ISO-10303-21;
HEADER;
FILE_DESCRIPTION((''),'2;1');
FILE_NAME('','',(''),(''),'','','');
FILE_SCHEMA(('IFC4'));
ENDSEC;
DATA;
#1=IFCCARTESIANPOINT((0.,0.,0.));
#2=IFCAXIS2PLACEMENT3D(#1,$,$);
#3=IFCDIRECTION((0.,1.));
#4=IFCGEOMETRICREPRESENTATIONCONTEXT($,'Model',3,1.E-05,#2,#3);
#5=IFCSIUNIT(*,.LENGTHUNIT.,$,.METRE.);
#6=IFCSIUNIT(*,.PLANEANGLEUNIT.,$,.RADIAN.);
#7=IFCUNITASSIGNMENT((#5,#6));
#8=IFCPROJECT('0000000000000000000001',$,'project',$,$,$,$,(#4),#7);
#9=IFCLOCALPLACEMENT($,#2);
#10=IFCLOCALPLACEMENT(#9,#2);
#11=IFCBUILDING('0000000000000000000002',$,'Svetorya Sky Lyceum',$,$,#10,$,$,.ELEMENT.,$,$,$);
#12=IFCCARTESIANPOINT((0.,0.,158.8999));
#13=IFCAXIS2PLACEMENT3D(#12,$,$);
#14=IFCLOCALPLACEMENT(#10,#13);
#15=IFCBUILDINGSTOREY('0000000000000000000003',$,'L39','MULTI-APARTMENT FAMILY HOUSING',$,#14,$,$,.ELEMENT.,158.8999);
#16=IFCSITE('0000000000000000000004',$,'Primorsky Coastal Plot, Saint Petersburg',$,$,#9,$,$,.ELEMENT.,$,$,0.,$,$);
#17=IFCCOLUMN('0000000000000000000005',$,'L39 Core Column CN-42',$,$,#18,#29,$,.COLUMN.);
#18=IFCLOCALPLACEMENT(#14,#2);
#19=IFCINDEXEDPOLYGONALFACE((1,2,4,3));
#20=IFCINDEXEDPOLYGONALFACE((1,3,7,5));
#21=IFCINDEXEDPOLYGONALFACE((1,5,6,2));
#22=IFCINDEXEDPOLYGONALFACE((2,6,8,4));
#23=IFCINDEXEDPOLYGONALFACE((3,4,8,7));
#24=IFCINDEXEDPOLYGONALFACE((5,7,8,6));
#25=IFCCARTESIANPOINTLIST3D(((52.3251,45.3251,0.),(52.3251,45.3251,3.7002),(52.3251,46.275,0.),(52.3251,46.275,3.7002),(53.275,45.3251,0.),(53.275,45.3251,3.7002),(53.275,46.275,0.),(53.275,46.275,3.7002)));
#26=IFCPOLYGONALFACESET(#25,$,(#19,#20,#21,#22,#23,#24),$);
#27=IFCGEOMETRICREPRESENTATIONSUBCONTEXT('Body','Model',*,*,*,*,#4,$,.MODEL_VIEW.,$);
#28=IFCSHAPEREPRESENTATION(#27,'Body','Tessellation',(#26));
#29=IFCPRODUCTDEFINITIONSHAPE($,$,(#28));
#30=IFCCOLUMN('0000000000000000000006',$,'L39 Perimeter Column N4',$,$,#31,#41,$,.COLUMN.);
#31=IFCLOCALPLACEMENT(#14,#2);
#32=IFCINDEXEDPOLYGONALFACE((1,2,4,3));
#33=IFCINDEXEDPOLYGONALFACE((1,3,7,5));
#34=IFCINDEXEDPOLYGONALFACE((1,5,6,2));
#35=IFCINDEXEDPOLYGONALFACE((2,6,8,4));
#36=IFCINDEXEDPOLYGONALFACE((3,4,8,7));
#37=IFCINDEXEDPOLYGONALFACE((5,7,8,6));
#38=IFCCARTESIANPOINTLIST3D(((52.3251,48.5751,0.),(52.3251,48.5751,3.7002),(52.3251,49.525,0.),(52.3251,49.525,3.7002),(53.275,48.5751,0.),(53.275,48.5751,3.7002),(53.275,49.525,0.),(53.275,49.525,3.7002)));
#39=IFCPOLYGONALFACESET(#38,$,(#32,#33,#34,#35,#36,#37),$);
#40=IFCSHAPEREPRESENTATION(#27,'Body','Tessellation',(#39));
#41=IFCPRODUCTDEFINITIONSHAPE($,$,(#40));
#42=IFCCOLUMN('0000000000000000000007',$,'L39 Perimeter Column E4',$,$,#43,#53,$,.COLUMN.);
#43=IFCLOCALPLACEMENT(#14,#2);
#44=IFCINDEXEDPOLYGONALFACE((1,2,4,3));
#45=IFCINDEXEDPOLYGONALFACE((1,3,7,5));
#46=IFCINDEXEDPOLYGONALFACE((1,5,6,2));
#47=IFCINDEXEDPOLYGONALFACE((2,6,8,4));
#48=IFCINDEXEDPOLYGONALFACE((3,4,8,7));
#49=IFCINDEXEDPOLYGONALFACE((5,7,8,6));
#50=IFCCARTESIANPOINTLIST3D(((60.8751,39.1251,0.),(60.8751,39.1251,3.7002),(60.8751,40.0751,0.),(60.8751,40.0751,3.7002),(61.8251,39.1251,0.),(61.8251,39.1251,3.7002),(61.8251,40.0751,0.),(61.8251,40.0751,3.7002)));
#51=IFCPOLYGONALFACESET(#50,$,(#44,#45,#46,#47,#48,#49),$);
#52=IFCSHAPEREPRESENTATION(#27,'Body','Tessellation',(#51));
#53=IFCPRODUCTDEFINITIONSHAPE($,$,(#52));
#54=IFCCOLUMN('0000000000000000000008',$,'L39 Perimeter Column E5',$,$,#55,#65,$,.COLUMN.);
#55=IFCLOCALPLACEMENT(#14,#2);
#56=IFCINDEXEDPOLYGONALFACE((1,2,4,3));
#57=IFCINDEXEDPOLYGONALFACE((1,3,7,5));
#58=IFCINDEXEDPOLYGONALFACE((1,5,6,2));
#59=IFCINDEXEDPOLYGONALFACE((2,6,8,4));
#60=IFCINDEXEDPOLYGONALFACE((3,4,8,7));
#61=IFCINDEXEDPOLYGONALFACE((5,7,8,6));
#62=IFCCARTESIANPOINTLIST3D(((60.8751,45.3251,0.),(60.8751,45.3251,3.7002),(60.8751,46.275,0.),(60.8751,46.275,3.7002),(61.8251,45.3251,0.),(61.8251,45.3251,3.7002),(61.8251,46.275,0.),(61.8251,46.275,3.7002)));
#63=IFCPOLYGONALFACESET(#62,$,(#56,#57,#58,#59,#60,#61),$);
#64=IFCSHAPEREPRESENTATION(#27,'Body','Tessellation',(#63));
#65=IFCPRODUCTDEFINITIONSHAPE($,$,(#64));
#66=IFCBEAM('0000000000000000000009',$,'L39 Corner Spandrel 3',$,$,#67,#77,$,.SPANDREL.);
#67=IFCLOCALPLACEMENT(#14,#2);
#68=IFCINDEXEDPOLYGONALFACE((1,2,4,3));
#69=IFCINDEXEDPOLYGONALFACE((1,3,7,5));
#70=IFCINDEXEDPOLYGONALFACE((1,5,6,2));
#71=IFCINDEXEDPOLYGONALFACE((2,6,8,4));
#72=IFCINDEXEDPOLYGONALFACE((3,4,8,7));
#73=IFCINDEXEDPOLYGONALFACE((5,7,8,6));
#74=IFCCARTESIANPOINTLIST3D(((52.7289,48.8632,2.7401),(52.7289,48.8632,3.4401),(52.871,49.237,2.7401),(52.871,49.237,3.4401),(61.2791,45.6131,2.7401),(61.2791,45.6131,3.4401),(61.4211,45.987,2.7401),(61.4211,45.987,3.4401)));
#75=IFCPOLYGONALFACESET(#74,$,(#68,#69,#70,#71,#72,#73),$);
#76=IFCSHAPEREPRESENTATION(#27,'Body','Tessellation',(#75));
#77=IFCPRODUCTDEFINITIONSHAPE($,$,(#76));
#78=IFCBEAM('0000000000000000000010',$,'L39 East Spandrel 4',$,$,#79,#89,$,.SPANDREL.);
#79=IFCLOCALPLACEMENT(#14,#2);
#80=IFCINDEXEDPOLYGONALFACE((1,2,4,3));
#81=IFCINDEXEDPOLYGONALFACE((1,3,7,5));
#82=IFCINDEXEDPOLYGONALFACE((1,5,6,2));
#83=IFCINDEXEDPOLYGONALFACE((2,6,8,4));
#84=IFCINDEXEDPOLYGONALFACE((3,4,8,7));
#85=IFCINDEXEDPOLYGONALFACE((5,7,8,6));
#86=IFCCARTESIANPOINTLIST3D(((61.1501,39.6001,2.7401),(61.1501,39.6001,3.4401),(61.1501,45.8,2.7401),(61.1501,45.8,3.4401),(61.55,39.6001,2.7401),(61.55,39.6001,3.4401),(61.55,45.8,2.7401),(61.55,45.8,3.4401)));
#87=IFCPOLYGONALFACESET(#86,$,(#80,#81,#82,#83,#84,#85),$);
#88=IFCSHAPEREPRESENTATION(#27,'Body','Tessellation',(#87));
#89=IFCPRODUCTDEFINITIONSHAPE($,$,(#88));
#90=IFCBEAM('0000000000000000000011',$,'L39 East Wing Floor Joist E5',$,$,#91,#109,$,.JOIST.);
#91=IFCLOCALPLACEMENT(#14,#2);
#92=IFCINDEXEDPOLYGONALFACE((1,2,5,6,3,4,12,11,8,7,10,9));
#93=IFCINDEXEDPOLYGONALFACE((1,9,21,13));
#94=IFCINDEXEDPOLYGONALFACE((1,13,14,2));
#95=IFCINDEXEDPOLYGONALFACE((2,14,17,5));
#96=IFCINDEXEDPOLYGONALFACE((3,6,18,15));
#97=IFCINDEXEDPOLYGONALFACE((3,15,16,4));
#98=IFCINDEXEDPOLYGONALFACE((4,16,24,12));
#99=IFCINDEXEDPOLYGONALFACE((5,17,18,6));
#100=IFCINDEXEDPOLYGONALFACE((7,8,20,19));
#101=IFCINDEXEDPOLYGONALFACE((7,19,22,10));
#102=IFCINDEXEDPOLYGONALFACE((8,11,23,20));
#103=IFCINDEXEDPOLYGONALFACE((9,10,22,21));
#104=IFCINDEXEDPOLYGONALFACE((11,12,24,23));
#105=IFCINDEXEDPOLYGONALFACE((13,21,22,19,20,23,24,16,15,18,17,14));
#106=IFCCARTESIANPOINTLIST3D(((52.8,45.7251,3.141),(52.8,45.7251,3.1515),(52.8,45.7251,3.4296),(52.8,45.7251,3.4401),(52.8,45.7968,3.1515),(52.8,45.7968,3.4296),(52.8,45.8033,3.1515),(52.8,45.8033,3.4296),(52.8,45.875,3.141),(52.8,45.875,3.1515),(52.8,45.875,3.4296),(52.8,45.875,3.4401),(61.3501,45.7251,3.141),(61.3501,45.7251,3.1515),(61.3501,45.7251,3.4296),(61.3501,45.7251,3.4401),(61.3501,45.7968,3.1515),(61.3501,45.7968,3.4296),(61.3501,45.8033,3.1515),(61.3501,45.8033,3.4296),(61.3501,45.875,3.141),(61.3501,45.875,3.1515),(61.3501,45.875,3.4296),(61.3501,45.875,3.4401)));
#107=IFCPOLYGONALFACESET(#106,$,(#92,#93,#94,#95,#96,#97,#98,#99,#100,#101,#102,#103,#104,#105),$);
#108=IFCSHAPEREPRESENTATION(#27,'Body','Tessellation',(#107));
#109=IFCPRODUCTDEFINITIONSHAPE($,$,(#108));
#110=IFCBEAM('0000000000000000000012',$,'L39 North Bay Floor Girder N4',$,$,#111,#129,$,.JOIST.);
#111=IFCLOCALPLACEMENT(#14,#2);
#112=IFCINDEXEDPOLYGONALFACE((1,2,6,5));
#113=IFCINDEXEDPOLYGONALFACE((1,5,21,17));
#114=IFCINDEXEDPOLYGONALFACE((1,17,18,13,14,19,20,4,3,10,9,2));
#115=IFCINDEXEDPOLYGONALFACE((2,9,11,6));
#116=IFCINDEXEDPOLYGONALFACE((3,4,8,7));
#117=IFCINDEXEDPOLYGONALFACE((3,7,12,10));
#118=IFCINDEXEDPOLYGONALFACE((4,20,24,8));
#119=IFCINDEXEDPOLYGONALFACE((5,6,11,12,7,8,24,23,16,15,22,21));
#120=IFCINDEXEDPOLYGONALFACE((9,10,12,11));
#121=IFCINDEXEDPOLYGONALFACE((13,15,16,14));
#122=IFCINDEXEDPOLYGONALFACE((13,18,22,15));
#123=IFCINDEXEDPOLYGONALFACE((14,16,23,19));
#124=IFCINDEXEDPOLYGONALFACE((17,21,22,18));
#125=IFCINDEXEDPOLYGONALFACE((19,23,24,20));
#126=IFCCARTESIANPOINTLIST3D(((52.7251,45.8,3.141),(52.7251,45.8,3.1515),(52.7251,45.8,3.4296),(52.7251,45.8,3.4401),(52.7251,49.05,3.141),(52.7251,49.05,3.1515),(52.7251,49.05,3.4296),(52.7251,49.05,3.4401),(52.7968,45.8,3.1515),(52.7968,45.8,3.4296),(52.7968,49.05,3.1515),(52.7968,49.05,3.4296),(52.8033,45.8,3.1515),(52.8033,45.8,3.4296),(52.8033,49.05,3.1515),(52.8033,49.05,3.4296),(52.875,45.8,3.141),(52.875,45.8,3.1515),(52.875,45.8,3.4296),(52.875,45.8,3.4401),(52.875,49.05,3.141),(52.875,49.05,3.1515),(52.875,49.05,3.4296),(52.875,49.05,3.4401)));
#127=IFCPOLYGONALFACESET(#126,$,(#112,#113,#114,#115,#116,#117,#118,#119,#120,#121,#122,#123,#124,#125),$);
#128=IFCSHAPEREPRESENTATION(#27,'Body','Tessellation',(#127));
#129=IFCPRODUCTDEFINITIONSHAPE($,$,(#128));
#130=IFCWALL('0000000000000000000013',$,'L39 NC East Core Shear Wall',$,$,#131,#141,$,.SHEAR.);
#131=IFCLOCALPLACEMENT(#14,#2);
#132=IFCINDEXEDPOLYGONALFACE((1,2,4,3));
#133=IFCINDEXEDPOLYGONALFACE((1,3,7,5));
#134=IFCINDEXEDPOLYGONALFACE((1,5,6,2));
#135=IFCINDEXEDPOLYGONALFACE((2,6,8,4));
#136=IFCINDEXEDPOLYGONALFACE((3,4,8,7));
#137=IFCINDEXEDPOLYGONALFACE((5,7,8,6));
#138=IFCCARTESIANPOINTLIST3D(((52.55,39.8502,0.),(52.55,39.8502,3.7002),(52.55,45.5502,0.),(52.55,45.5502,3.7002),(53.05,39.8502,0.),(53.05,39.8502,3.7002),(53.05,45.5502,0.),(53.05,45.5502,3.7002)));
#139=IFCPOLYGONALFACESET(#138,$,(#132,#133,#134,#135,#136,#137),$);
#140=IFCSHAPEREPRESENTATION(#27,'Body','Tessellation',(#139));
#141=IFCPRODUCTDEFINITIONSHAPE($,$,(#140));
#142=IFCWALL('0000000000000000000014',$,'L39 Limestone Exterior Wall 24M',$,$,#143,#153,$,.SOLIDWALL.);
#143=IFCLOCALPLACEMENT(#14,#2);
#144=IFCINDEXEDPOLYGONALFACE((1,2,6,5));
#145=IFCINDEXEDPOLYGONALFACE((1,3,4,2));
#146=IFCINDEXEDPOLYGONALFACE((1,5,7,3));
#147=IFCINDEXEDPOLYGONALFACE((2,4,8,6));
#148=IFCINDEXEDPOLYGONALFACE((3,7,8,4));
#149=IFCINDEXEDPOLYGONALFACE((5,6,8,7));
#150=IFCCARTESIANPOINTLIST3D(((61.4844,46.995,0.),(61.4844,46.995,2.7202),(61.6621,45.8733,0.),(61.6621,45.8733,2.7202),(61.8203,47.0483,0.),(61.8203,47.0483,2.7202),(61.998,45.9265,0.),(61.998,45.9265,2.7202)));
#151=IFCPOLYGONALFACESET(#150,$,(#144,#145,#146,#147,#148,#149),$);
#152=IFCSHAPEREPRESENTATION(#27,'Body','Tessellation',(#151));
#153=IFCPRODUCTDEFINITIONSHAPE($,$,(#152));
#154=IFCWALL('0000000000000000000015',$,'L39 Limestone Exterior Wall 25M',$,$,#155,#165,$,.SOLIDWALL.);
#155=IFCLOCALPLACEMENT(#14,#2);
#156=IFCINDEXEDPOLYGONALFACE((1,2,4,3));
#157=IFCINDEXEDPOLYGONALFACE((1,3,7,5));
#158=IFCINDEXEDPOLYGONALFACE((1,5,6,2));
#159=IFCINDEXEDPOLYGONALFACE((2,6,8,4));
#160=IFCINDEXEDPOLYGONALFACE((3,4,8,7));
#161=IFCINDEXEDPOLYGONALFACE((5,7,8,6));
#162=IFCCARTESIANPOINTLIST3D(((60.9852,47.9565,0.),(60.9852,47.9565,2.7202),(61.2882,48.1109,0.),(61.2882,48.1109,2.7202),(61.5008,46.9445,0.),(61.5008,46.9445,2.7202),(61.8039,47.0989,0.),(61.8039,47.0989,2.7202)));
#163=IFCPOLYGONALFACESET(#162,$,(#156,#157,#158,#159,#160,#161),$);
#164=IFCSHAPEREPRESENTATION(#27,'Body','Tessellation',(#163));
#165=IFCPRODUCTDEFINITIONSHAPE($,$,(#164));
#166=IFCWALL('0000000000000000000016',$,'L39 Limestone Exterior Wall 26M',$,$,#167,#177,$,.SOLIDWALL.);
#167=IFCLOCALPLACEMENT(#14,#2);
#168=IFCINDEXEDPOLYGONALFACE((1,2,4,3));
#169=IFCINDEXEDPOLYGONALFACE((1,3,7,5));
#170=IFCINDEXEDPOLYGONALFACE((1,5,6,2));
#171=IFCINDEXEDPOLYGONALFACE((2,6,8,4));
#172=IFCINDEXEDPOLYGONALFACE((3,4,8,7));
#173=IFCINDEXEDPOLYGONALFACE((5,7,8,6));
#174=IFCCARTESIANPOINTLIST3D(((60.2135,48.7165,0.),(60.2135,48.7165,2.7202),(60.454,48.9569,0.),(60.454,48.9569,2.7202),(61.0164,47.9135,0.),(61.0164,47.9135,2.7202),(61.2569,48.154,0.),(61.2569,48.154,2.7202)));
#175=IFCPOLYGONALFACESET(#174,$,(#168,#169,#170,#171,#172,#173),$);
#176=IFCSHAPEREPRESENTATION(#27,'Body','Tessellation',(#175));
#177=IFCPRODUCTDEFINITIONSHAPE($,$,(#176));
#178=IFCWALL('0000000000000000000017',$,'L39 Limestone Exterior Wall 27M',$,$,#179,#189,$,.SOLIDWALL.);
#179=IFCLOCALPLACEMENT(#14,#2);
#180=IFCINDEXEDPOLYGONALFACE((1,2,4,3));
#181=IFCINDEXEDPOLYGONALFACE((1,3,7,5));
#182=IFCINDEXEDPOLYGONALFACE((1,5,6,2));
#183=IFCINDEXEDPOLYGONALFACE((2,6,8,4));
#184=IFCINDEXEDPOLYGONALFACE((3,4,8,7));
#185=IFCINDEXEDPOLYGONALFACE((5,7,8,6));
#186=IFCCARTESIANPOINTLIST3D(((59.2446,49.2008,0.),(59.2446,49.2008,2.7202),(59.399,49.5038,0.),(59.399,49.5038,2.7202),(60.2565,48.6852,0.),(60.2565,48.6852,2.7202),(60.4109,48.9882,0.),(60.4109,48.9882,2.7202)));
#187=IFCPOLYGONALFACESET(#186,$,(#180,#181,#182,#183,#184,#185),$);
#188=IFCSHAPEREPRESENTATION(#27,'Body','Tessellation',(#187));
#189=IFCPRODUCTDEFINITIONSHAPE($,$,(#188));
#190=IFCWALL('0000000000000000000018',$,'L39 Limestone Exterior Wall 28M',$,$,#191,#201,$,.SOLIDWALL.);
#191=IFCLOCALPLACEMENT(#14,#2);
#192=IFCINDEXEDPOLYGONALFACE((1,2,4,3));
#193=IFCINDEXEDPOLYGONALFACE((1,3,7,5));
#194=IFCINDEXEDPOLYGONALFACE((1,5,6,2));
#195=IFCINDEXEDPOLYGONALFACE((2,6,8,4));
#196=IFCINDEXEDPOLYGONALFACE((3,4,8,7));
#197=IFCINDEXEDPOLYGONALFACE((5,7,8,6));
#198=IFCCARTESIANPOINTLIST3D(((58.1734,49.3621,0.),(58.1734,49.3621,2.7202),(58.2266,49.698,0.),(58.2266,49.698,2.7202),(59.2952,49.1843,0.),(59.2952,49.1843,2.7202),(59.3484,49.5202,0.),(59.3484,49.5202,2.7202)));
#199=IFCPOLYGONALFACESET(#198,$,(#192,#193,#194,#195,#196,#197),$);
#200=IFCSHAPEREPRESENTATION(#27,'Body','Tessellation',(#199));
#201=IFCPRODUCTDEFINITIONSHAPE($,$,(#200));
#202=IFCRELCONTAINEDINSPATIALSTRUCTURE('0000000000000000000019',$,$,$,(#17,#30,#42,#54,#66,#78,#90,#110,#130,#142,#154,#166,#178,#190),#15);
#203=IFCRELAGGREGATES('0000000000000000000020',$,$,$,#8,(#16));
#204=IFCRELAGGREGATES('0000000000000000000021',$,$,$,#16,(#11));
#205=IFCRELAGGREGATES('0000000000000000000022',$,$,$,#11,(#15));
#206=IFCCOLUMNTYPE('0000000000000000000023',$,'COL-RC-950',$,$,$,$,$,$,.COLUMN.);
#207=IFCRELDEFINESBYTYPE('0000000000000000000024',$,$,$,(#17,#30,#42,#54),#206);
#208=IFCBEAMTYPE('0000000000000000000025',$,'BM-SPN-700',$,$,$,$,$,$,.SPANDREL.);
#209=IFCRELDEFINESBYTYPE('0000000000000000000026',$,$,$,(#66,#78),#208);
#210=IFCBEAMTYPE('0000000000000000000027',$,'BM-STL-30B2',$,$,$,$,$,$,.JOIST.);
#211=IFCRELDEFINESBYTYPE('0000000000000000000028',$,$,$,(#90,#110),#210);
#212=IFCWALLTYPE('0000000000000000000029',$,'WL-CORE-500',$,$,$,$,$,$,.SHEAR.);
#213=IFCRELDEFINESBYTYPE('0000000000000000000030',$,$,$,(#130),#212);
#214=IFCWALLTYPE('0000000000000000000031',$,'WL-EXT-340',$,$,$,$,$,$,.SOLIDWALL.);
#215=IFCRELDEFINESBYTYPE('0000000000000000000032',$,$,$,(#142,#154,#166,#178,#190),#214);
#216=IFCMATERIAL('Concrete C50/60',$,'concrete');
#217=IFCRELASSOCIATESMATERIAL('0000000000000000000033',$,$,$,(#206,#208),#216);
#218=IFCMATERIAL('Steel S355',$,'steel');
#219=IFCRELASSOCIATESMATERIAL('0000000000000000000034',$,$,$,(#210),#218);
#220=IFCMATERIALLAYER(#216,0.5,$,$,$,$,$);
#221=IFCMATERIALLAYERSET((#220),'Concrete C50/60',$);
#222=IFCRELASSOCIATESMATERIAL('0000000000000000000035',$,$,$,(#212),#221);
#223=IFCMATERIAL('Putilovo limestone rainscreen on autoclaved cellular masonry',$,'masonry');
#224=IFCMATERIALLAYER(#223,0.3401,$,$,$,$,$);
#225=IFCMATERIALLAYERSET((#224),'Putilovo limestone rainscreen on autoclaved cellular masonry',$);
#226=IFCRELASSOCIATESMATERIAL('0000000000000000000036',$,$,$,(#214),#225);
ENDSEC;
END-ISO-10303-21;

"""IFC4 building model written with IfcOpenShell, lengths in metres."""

from ifc_helpers import new_model, si_unit, direction, frame, frame_2d, origin, origin_2d, place, context, subcontext, project, spatial, rectangle, i_section, extrude, material, layer, layer_set, material_profile, profile_set, type_object, element, save


model = new_model("IFC4")

# Units and contexts
model_context = context("Model", 3, precision=1e-05, world=origin(), true_north=direction((0.0, 1.0)))
body_context = subcontext(model_context, "Body", "Model", "MODEL_VIEW")
ifc_project = project(units=[si_unit("LENGTHUNIT", "METRE"), si_unit("PLANEANGLEUNIT", "RADIAN")], contexts=[model_context])

# Site, building, storey
site_placement = place(None, origin())
site = spatial("IfcSite", under=ifc_project, at=site_placement, Name="Primorsky Coastal Plot, Saint Petersburg", CompositionType="ELEMENT", RefElevation=0.0)
building_placement = place(site_placement, origin())
building = spatial("IfcBuilding", under=site, at=building_placement, Name="Svetorya Sky Lyceum", CompositionType="ELEMENT")
storey_placement = place(building_placement, frame((0.0, 0.0, 158.8999)))
storey = spatial("IfcBuildingStorey", under=building, at=storey_placement, Name="L39", Description="MULTI-APARTMENT FAMILY HOUSING", CompositionType="ELEMENT", Elevation=158.8999)

# Columns
ifc_material_1 = material(Name="Concrete C50/60", Category="concrete")
ifc_material_profile_1 = material_profile(ifc_material_1, rectangle(XDim=0.95, YDim=0.95, at=origin_2d()), Name="RC COL 950x950")
ifc_profile_set_1 = profile_set([ifc_material_profile_1], Name="Concrete C50/60")
column_type = type_object("IfcColumnType", Name="COL-RC-950", PredefinedType="COLUMN", material=ifc_profile_set_1)
for number, where, z_axis, x_axis, name in (
    (1, (52.8, 45.8, 0.0), (0.0, 0.0, 1.0), (1.0, 0.0, 0.0), "L39 Core Column CN-42"),
    (2, (52.8, 49.05, 0.0), (0.0, 0.0, 1.0), (1.0, 0.0, 0.0), "L39 Perimeter Column N4"),
    (3, (61.3501, 39.6001, 0.0), (0.0, 0.0, 1.0), (1.0, 0.0, 0.0), "L39 Perimeter Column E4"),
    (4, (61.3501, 45.8, 0.0), (0.0, 0.0, 1.0), (1.0, 0.0, 0.0), "L39 Perimeter Column E5"),
):
    element("IfcColumn", number, at=place(storey_placement, frame(where, z_axis=z_axis, x_axis=x_axis)), inside=storey, type_object=column_type, Name=name, PredefinedType="COLUMN", context=body_context, shape_type="SweptSolid", body=[
        extrude(rectangle(XDim=0.95, YDim=0.95, at=origin_2d()), origin(), (0.0, 0.0, 1.0), 3.7002),
    ])

# Beams
ifc_material_profile_2 = material_profile(ifc_material_1, rectangle(XDim=0.3999, YDim=0.7, at=origin_2d()), Name="RC SPANDREL 400x700")
ifc_profile_set_2 = profile_set([ifc_material_profile_2], Name="Concrete C50/60")
beam_type_1 = type_object("IfcBeamType", Name="BM-SPN-700", PredefinedType="SPANDREL", material=ifc_profile_set_2)
beam_1_placement = place(storey_placement, frame((61.3501, 45.8, 3.0901), z_axis=(-0.934748, 0.355312, 0.0), x_axis=(-0.355312, -0.934748, 0.0)))
element("IfcBeam", 5, at=beam_1_placement, inside=storey, type_object=beam_type_1, Name="L39 Corner Spandrel 3", PredefinedType="SPANDREL", context=body_context, shape_type="SweptSolid", body=[
    extrude(rectangle(XDim=0.3999, YDim=0.7, at=origin_2d()), origin(), (0.0, 0.0, 1.0), 9.147),
])
beam_2_placement = place(storey_placement, frame((61.3501, 39.6001, 3.0901), z_axis=(0.0, 1.0, 0.0), x_axis=(-1.0, 0.0, 0.0)))
element("IfcBeam", 6, at=beam_2_placement, inside=storey, type_object=beam_type_1, Name="L39 East Spandrel 4", PredefinedType="SPANDREL", context=body_context, shape_type="SweptSolid", body=[
    extrude(rectangle(XDim=0.3999, YDim=0.7, at=origin_2d()), origin(), (0.0, 0.0, 1.0), 6.2),
])
ifc_material_2 = material(Name="Steel S355", Category="steel")
ifc_material_profile_3 = material_profile(ifc_material_2, i_section(OverallWidth=0.1499, OverallDepth=0.2991, WebThickness=0.0066, FlangeThickness=0.0105, at=origin_2d()), Name="GOST 30B2")
ifc_profile_set_3 = profile_set([ifc_material_profile_3], Name="Steel S355")
beam_type_2 = type_object("IfcBeamType", Name="BM-STL-30B2", PredefinedType="JOIST", material=ifc_profile_set_3)
beam_3_placement = place(storey_placement, frame((52.8, 45.8, 3.2905), z_axis=(1.0, 0.0, 0.0), x_axis=(0.0, 1.0, 0.0)))
element("IfcBeam", 7, at=beam_3_placement, inside=storey, type_object=beam_type_2, Name="L39 East Wing Floor Joist E5", PredefinedType="JOIST", context=body_context, shape_type="SweptSolid", body=[
    extrude(i_section(OverallWidth=0.1499, OverallDepth=0.2991, WebThickness=0.0066, FlangeThickness=0.0105, at=origin_2d()), origin(), (0.0, 0.0, 1.0), 8.55),
])
beam_4_placement = place(storey_placement, frame((52.8, 45.8, 3.2905), z_axis=(0.0, 1.0, 0.0), x_axis=(-1.0, 0.0, 0.0)))
element("IfcBeam", 8, at=beam_4_placement, inside=storey, type_object=beam_type_2, Name="L39 North Bay Floor Girder N4", PredefinedType="JOIST", context=body_context, shape_type="SweptSolid", body=[
    extrude(i_section(OverallWidth=0.1499, OverallDepth=0.2991, WebThickness=0.0066, FlangeThickness=0.0105, at=origin_2d()), origin(), (0.0, 0.0, 1.0), 3.25),
])

# Walls
ifc_layer_1 = layer(ifc_material_1, 0.5)
ifc_layer_set_1 = layer_set([ifc_layer_1], Name="Concrete C50/60")
wall_type_1 = type_object("IfcWallType", Name="WL-CORE-500", PredefinedType="SHEAR", material=ifc_layer_set_1)
wall_1_placement = place(storey_placement, frame((52.8, 39.8501, 0.0), z_axis=(0.0, 0.0, 1.0), x_axis=(0.0, 1.0, 0.0)))
element("IfcWall", 9, at=wall_1_placement, inside=storey, type_object=wall_type_1, Name="L39 NC East Core Shear Wall", PredefinedType="SHEAR", context=body_context, shape_type="SweptSolid", body=[
    extrude(rectangle(XDim=5.7, YDim=0.5, at=frame_2d((2.8501, 0.0))), origin(), (0.0, 0.0, 1.0), 3.7002),
])
ifc_material_3 = material(Name="Putilovo limestone rainscreen on autoclaved cellular masonry", Category="masonry")
ifc_layer_2 = layer(ifc_material_3, 0.3401)
ifc_layer_set_2 = layer_set([ifc_layer_2], Name="Putilovo limestone rainscreen on autoclaved cellular masonry")
wall_type_2 = type_object("IfcWallType", Name="WL-EXT-340", PredefinedType="SOLIDWALL", material=ifc_layer_set_2)
for number, where, z_axis, x_axis, name in (
    (10, (61.8301, 45.8999, 0.0), (0.0, 0.0, 1.0), (-0.156481, 0.987681, 0.0), "L39 Limestone Exterior Wall 24M"),
    (11, (61.6523, 47.0217, 0.0), (0.0, 0.0, 1.0), (-0.453993, 0.891005, 0.0), "L39 Limestone Exterior Wall 25M"),
):
    element("IfcWall", number, at=place(storey_placement, frame(where, z_axis=z_axis, x_axis=x_axis)), inside=storey, type_object=wall_type_2, Name=name, PredefinedType="SOLIDWALL", context=body_context, shape_type="SweptSolid", body=[
        extrude(rectangle(XDim=1.1357, YDim=0.3401, at=frame_2d((0.5679, 0.0))), origin(), (0.0, 0.0, 1.0), 2.7202),
    ])
wall_2_placement = place(storey_placement, frame((61.1367, 48.0337, 0.0), z_axis=(0.0, 0.0, 1.0), x_axis=(-0.707107, 0.707107, 0.0)))
element("IfcWall", 12, at=wall_2_placement, inside=storey, type_object=wall_type_2, Name="L39 Limestone Exterior Wall 26M", PredefinedType="SOLIDWALL", context=body_context, shape_type="SweptSolid", body=[
    extrude(rectangle(XDim=1.1355, YDim=0.3401, at=frame_2d((0.5679, 0.0))), origin(), (0.0, 0.0, 1.0), 2.7202),
])
for number, where, z_axis, x_axis, name in (
    (13, (60.3337, 48.8367, 0.0), (0.0, 0.0, 1.0), (-0.891005, 0.453993, 0.0), "L39 Limestone Exterior Wall 27M"),
    (14, (59.3218, 49.3523, 0.0), (0.0, 0.0, 1.0), (-0.987681, 0.156481, 0.0), "L39 Limestone Exterior Wall 28M"),
):
    element("IfcWall", number, at=place(storey_placement, frame(where, z_axis=z_axis, x_axis=x_axis)), inside=storey, type_object=wall_type_2, Name=name, PredefinedType="SOLIDWALL", context=body_context, shape_type="SweptSolid", body=[
        extrude(rectangle(XDim=1.1357, YDim=0.3401, at=frame_2d((0.5679, 0.0))), origin(), (0.0, 0.0, 1.0), 2.7202),
    ])

save(model, "model.ifc")
